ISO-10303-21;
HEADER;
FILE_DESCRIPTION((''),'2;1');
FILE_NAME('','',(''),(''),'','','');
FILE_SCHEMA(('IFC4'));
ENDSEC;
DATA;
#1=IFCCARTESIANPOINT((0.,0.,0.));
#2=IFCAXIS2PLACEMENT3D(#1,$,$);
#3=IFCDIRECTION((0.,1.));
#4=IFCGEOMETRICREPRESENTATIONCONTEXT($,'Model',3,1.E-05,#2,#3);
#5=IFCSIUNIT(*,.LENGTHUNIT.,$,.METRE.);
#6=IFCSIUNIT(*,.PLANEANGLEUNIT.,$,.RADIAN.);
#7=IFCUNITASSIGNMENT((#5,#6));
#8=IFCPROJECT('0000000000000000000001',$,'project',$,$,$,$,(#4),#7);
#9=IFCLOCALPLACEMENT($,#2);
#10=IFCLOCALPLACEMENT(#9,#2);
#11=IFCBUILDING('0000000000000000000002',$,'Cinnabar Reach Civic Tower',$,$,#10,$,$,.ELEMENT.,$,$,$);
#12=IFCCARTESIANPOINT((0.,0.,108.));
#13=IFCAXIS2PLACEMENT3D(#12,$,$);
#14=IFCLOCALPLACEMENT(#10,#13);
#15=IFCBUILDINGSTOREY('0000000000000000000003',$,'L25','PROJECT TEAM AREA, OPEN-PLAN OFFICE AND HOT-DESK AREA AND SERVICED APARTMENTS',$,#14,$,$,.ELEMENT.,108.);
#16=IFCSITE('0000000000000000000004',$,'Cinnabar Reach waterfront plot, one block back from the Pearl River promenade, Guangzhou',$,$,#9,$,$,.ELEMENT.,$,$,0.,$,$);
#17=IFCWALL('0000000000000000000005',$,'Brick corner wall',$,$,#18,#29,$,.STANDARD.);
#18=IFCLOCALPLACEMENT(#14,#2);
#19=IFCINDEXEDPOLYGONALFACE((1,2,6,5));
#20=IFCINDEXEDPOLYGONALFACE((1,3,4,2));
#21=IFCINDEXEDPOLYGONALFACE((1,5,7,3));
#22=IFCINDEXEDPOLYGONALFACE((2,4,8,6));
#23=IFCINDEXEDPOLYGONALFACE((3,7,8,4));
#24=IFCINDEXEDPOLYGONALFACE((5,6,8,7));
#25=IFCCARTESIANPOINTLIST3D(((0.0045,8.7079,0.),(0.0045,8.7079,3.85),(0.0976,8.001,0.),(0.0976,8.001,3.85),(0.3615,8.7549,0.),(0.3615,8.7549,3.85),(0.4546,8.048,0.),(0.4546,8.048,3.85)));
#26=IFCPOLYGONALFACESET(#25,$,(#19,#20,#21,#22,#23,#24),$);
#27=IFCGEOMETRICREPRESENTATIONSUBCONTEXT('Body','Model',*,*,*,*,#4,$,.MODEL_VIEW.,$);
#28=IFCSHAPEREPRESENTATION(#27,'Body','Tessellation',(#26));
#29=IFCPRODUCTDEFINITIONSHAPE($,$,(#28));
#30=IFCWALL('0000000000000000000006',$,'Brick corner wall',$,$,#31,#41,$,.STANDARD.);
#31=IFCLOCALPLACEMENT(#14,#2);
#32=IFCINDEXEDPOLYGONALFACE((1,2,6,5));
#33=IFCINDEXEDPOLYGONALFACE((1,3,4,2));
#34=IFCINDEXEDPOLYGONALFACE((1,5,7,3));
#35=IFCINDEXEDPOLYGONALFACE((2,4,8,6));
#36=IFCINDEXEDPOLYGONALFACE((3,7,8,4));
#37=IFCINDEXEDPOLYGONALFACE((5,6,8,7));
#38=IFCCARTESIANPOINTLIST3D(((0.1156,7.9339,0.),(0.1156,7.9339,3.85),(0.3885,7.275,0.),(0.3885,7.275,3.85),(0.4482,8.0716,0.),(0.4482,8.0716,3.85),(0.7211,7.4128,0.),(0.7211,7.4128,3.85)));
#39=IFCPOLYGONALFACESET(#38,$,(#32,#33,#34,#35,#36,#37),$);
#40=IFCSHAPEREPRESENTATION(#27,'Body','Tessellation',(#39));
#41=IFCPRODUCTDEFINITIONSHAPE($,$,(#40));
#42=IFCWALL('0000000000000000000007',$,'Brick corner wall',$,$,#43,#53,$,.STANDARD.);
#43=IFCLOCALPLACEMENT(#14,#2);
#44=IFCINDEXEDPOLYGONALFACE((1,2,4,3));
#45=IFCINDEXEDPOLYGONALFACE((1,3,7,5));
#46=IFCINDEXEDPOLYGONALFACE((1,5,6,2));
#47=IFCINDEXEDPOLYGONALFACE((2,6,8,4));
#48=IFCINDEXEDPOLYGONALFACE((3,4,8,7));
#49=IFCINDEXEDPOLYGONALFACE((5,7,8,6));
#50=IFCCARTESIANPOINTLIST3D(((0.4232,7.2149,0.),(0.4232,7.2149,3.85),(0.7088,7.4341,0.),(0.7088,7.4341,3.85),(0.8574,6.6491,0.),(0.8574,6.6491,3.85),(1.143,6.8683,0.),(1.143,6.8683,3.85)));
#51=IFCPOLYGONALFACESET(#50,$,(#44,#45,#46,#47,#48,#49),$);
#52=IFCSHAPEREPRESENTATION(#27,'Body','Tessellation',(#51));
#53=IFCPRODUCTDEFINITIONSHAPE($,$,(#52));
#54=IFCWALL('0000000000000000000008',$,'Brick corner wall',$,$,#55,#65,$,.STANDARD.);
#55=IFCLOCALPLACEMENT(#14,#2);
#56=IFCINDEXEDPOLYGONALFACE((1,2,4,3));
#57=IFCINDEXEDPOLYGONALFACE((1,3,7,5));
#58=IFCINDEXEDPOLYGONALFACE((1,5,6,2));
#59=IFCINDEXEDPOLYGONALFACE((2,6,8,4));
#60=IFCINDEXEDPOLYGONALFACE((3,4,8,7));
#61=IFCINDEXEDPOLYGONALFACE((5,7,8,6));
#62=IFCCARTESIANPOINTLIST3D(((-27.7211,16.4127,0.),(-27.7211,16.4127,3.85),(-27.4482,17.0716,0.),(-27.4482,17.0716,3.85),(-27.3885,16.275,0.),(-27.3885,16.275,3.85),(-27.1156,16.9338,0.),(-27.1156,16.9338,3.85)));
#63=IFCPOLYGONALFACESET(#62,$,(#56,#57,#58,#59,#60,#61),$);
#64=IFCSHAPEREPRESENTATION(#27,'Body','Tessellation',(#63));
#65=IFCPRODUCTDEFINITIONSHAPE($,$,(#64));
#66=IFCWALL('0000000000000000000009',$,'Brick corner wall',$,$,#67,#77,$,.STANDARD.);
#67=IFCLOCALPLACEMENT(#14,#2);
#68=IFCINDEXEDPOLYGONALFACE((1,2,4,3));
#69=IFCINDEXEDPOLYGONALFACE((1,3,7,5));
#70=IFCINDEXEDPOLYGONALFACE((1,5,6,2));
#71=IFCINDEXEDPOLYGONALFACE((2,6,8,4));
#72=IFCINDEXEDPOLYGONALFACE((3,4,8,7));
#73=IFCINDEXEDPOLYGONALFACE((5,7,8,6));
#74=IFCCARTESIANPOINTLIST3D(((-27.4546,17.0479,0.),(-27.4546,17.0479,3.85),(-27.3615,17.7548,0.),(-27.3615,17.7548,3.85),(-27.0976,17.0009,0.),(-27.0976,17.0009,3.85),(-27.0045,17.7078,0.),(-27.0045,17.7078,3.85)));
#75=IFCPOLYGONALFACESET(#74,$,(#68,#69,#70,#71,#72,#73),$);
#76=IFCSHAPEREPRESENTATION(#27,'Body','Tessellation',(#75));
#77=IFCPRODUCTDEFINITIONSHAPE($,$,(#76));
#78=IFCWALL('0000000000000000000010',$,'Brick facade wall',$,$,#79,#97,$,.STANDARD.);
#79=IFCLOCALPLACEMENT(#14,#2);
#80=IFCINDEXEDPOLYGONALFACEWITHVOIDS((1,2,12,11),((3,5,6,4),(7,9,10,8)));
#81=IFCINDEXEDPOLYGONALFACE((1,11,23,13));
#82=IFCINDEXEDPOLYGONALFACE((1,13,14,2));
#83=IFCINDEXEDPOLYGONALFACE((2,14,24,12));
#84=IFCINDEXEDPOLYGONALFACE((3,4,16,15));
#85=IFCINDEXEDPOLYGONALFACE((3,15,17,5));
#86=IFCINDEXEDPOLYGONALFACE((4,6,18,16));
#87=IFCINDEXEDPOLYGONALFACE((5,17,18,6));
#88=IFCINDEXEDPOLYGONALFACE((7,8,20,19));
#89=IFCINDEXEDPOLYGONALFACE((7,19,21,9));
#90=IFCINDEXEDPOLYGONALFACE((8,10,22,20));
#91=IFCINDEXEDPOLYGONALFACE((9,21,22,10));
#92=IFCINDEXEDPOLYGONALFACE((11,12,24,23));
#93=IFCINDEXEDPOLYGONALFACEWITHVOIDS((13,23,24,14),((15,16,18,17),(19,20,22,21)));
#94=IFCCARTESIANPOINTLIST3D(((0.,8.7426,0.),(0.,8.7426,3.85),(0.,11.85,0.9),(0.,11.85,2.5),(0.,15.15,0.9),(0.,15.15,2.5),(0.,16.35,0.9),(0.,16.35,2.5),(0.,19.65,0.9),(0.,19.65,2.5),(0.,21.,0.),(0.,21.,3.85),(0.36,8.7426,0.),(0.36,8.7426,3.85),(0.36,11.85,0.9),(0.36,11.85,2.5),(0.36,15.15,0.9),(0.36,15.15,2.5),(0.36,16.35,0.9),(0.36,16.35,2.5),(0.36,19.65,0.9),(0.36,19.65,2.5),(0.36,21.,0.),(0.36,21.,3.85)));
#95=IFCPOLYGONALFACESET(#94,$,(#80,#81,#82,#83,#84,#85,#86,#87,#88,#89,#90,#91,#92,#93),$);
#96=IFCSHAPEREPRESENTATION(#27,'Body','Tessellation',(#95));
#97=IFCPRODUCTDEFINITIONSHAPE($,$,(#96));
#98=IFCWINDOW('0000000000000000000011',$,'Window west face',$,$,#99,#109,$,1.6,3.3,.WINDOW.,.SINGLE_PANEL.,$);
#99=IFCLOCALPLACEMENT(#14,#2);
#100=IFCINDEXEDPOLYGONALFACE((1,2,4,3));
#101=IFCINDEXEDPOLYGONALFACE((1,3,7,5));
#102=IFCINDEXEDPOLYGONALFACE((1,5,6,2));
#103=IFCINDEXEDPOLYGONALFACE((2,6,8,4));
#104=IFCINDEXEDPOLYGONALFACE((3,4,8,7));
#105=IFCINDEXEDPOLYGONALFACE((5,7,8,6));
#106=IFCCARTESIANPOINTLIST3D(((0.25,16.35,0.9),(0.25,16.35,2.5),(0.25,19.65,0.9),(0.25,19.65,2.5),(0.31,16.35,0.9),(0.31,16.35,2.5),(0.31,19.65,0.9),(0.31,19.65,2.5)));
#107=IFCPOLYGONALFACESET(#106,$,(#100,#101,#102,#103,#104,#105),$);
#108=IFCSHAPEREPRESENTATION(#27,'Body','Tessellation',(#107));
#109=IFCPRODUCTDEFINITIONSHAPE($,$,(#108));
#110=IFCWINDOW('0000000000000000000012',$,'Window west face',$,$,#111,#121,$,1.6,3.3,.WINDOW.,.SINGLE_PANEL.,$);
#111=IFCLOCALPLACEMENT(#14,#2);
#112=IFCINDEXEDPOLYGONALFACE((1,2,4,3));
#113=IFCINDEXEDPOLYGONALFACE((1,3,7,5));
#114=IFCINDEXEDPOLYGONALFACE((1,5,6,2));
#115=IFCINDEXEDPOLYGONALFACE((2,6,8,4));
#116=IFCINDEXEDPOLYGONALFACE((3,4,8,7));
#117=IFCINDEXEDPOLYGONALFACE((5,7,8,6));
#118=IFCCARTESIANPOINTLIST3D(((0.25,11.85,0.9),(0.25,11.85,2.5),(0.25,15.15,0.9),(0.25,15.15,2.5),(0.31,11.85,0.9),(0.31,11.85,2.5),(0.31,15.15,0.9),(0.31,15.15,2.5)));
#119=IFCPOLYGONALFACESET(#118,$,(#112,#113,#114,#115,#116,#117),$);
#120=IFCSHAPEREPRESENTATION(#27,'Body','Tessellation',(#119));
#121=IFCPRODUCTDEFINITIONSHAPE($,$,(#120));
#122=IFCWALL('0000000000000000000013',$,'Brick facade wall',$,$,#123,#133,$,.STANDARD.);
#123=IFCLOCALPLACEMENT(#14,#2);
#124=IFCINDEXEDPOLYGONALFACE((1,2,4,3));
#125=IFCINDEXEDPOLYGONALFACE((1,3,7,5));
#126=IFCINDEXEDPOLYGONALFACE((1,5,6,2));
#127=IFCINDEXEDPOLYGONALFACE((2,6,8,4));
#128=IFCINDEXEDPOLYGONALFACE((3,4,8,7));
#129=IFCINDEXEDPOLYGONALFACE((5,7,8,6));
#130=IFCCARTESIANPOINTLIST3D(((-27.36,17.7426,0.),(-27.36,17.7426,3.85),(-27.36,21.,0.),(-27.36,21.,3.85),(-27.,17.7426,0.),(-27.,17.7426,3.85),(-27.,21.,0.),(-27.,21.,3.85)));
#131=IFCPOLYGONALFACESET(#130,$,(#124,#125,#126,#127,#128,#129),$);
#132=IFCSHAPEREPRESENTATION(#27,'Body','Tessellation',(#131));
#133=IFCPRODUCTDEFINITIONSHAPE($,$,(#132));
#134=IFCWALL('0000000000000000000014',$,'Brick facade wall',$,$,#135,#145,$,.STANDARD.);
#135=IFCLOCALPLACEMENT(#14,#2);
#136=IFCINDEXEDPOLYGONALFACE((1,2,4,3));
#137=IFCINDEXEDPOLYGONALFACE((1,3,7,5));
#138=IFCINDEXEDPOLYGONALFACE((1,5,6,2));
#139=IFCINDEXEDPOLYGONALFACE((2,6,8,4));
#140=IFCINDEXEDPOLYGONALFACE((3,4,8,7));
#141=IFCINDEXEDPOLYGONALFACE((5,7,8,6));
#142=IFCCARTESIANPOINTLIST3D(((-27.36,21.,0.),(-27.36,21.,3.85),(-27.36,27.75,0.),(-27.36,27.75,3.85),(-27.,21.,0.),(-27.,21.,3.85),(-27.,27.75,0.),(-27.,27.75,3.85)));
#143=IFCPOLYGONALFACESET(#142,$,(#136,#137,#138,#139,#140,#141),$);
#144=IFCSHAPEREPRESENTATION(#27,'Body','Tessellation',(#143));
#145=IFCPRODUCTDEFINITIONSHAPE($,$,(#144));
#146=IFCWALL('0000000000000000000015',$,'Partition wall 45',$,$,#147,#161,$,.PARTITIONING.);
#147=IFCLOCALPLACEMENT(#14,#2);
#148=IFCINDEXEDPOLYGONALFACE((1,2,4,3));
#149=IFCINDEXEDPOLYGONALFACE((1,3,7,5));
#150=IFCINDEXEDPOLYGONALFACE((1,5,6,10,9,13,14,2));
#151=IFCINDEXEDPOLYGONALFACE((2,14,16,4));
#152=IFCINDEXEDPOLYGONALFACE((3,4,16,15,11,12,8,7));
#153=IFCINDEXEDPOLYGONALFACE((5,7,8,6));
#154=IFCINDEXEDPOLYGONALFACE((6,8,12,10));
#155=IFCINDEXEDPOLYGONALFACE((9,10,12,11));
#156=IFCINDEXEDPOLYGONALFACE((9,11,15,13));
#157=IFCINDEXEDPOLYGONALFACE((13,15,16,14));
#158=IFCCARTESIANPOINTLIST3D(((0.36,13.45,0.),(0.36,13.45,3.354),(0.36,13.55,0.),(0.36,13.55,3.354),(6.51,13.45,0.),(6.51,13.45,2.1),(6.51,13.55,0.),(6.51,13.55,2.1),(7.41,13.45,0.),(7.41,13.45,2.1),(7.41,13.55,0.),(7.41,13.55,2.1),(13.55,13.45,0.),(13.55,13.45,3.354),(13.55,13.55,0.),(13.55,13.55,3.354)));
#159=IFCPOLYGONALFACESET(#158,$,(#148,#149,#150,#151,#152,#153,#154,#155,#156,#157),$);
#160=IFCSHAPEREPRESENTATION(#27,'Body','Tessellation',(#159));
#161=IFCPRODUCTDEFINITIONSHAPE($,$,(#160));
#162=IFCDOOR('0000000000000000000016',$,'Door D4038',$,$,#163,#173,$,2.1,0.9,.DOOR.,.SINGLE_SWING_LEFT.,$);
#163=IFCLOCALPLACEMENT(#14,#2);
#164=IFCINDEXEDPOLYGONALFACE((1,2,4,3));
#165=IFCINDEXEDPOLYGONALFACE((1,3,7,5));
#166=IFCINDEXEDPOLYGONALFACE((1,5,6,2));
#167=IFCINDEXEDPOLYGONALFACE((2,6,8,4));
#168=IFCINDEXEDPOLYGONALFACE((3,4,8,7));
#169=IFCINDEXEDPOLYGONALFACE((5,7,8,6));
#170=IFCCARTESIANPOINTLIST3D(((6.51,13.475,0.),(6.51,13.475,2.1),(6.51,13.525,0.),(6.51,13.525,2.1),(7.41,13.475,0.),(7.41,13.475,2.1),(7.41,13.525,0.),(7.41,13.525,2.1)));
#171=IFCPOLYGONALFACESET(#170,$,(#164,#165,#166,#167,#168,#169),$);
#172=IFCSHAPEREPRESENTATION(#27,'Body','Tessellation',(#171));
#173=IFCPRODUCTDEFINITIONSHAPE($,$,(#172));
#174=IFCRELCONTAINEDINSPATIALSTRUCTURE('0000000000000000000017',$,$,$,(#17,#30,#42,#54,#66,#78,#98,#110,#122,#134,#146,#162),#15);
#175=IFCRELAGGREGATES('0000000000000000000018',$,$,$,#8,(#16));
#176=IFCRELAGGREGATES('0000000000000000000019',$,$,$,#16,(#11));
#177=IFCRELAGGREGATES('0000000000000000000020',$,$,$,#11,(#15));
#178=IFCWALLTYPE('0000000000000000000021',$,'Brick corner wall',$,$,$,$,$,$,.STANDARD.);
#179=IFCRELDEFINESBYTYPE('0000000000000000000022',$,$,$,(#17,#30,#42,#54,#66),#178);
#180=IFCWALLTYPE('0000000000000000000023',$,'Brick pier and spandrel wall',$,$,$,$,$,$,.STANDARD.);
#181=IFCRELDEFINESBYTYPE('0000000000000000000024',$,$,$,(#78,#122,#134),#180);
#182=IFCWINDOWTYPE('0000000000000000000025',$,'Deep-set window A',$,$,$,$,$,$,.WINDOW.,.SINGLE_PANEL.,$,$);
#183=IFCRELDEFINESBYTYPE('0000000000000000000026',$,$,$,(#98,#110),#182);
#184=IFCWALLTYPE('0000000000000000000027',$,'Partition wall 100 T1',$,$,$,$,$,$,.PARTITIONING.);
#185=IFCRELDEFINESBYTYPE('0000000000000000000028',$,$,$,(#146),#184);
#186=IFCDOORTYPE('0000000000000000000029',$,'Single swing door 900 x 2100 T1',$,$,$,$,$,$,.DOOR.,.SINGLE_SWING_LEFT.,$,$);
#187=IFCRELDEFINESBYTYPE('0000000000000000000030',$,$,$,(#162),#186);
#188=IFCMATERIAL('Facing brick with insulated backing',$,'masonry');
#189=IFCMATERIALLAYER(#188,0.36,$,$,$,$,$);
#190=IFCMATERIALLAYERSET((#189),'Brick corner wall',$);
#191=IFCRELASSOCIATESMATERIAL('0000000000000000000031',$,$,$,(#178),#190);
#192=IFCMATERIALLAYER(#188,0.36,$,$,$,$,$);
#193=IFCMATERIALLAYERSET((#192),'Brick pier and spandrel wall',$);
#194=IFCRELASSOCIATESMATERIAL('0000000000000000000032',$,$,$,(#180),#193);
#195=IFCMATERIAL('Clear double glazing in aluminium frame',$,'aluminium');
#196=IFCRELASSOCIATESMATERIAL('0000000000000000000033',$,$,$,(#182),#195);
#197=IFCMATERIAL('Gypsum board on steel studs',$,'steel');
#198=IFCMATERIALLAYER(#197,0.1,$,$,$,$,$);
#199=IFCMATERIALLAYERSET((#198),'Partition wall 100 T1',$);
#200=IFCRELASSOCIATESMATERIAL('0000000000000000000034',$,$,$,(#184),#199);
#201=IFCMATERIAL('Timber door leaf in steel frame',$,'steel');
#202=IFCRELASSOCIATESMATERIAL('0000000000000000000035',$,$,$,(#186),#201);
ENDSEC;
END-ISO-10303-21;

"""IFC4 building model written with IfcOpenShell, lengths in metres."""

from ifc_helpers import new_model, si_unit, direction, frame, frame_2d, origin, place, context, subcontext, project, spatial, rectangle, extrude, material, layer, layer_set, type_object, element, fill, save


model = new_model("IFC4")

# Units and contexts
model_context = context("Model", 3, precision=1e-05, world=origin(), true_north=direction((0.0, 1.0)))
body_context = subcontext(model_context, "Body", "Model", "MODEL_VIEW")
ifc_project = project(units=[si_unit("LENGTHUNIT", "METRE"), si_unit("PLANEANGLEUNIT", "RADIAN")], contexts=[model_context])

# Site, building, storey
site_placement = place(None, origin())
site = spatial("IfcSite", under=ifc_project, at=site_placement, Name="Cinnabar Reach waterfront plot, one block back from the Pearl River promenade, Guangzhou", CompositionType="ELEMENT", RefElevation=0.0)
building_placement = place(site_placement, origin())
building = spatial("IfcBuilding", under=site, at=building_placement, Name="Cinnabar Reach Civic Tower", CompositionType="ELEMENT")
storey_placement = place(building_placement, frame((0.0, 0.0, 108.0)))
storey = spatial("IfcBuildingStorey", under=building, at=storey_placement, Name="L25", Description="PROJECT TEAM AREA, OPEN-PLAN OFFICE AND HOT-DESK AREA AND SERVICED APARTMENTS", CompositionType="ELEMENT", Elevation=108.0)

# Walls
ifc_material_1 = material(Name="Facing brick with insulated backing", Category="masonry")
ifc_layer_1 = layer(ifc_material_1, 0.36)
ifc_layer_set_1 = layer_set([ifc_layer_1], Name="Brick corner wall")
wall_type_1 = type_object("IfcWallType", Name="Brick corner wall", PredefinedType="STANDARD", material=ifc_layer_set_1)
for number, where, z_axis, x_axis, name in (
    (1, (0.183, 8.7314, 0.0), (0.0, 0.0, 1.0), (0.130556, -0.991441, 0.0), "Brick corner wall"),
    (2, (0.2819, 8.0027, 0.0), (0.0, 0.0, 1.0), (0.382703, -0.923872, 0.0), "Brick corner wall"),
):
    element("IfcWall", number, at=place(storey_placement, frame(where, z_axis=z_axis, x_axis=x_axis)), inside=storey, type_object=wall_type_1, Name=name, PredefinedType="STANDARD", context=body_context, shape_type="SweptSolid", body=[
        extrude(rectangle(XDim=0.7131, YDim=0.36, at=frame_2d((0.3565, 0.0))), origin(), (0.0, 0.0, 1.0), 3.85),
    ])
wall_1_placement = place(storey_placement, frame((0.566, 7.3245, 0.0), z_axis=(0.0, 0.0, 1.0), x_axis=(0.608802, -0.793322, 0.0)))
element("IfcWall", 3, at=wall_1_placement, inside=storey, type_object=wall_type_1, Name="Brick corner wall", PredefinedType="STANDARD", context=body_context, shape_type="SweptSolid", body=[
    extrude(rectangle(XDim=0.7132, YDim=0.36, at=frame_2d((0.3566, 0.0))), origin(), (0.0, 0.0, 1.0), 3.85),
])
for number, where, z_axis, x_axis, name in (
    (4, (-27.5548, 16.3439, 0.0), (0.0, 0.0, 1.0), (0.382703, 0.923872, 0.0), "Brick corner wall"),
    (5, (-27.2761, 17.0244, 0.0), (0.0, 0.0, 1.0), (0.130556, 0.991441, 0.0), "Brick corner wall"),
):
    element("IfcWall", number, at=place(storey_placement, frame(where, z_axis=z_axis, x_axis=x_axis)), inside=storey, type_object=wall_type_1, Name=name, PredefinedType="STANDARD", context=body_context, shape_type="SweptSolid", body=[
        extrude(rectangle(XDim=0.7131, YDim=0.36, at=frame_2d((0.3565, 0.0))), origin(), (0.0, 0.0, 1.0), 3.85),
    ])

# Wall, openings, windows
ifc_layer_2 = layer(ifc_material_1, 0.36)
ifc_layer_set_2 = layer_set([ifc_layer_2], Name="Brick pier and spandrel wall")
wall_type_2 = type_object("IfcWallType", Name="Brick pier and spandrel wall", PredefinedType="STANDARD", material=ifc_layer_set_2)
wall_2_placement = place(storey_placement, frame((0.18, 21.0, 0.0), z_axis=(0.0, 0.0, 1.0), x_axis=(0.0, -1.0, 0.0)))
wall_2 = element("IfcWall", 6, at=wall_2_placement, inside=storey, type_object=wall_type_2, Name="Brick facade wall", PredefinedType="STANDARD", context=body_context, shape_type="SweptSolid", body=[
    extrude(rectangle(XDim=12.2574, YDim=0.36, at=frame_2d((6.1287, 0.0))), origin(), (0.0, 0.0, 1.0), 3.85),
])
opening_1_placement = place(wall_2_placement, frame((1.35, 0.0, 0.9)))
opening_1 = element("IfcOpeningElement", 7, at=opening_1_placement, cuts=wall_2, PredefinedType="OPENING", context=body_context, shape_type="SweptSolid", body=[
    extrude(rectangle(XDim=3.3, YDim=1.6, at=frame_2d((1.65, 0.8))), frame((0.0, 0.19, 0.0), z_axis=(0.0, -1.0, 0.0), x_axis=(1.0, 0.0, 0.0)), (0.0, 0.0, 1.0), 0.38),
])
opening_2_placement = place(wall_2_placement, frame((5.85, 0.0, 0.9)))
opening_2 = element("IfcOpeningElement", 8, at=opening_2_placement, cuts=wall_2, PredefinedType="OPENING", context=body_context, shape_type="SweptSolid", body=[
    extrude(rectangle(XDim=3.3, YDim=1.6, at=frame_2d((1.65, 0.8))), frame((0.0, 0.19, 0.0), z_axis=(0.0, -1.0, 0.0), x_axis=(1.0, 0.0, 0.0)), (0.0, 0.0, 1.0), 0.38),
])
ifc_material_2 = material(Name="Clear double glazing in aluminium frame", Category="aluminium")
window_type = type_object("IfcWindowType", Name="Deep-set window A", PartitioningType="SINGLE_PANEL", PredefinedType="WINDOW", material=ifc_material_2)
window_1_placement = place(opening_1_placement, origin())
window_1 = element("IfcWindow", 9, at=window_1_placement, inside=storey, type_object=window_type, Name="Window west face", OverallHeight=1.6, OverallWidth=3.3, PartitioningType="SINGLE_PANEL", PredefinedType="WINDOW", context=body_context, shape_type="SweptSolid", body=[
    extrude(rectangle(XDim=3.3, YDim=1.6, at=frame_2d((1.65, 0.8))), frame((0.0, 0.13, 0.0), z_axis=(0.0, -1.0, 0.0), x_axis=(1.0, 0.0, 0.0)), (0.0, 0.0, 1.0), 0.06),
])
fill(opening_1, window_1)
window_2_placement = place(opening_2_placement, origin())
window_2 = element("IfcWindow", 10, at=window_2_placement, inside=storey, type_object=window_type, Name="Window west face", OverallHeight=1.6, OverallWidth=3.3, PartitioningType="SINGLE_PANEL", PredefinedType="WINDOW", context=body_context, shape_type="SweptSolid", body=[
    extrude(rectangle(XDim=3.3, YDim=1.6, at=frame_2d((1.65, 0.8))), frame((0.0, 0.13, 0.0), z_axis=(0.0, -1.0, 0.0), x_axis=(1.0, 0.0, 0.0)), (0.0, 0.0, 1.0), 0.06),
])
fill(opening_2, window_2)

# Walls
wall_3_placement = place(storey_placement, frame((-27.18, 17.7426, 0.0), z_axis=(0.0, 0.0, 1.0), x_axis=(0.0, 1.0, 0.0)))
element("IfcWall", 11, at=wall_3_placement, inside=storey, type_object=wall_type_2, Name="Brick facade wall", PredefinedType="STANDARD", context=body_context, shape_type="SweptSolid", body=[
    extrude(rectangle(XDim=3.2574, YDim=0.36, at=frame_2d((1.6287, 0.0))), origin(), (0.0, 0.0, 1.0), 3.85),
])
wall_4_placement = place(storey_placement, frame((-27.18, 21.0, 0.0), z_axis=(0.0, 0.0, 1.0), x_axis=(0.0, 1.0, 0.0)))
element("IfcWall", 12, at=wall_4_placement, inside=storey, type_object=wall_type_2, Name="Brick facade wall", PredefinedType="STANDARD", context=body_context, shape_type="SweptSolid", body=[
    extrude(rectangle(XDim=6.75, YDim=0.36, at=frame_2d((3.375, 0.0))), origin(), (0.0, 0.0, 1.0), 3.85),
])

# Wall, opening, door
ifc_material_3 = material(Name="Gypsum board on steel studs", Category="steel")
ifc_layer_3 = layer(ifc_material_3, 0.1)
ifc_layer_set_3 = layer_set([ifc_layer_3], Name="Partition wall 100 T1")
wall_type_3 = type_object("IfcWallType", Name="Partition wall 100 T1", PredefinedType="PARTITIONING", material=ifc_layer_set_3)
wall_5_placement = place(storey_placement, frame((0.36, 13.5, 0.0), z_axis=(0.0, 0.0, 1.0), x_axis=(1.0, 0.0, 0.0)))
wall_5 = element("IfcWall", 13, at=wall_5_placement, inside=storey, type_object=wall_type_3, Name="Partition wall 45", PredefinedType="PARTITIONING", context=body_context, shape_type="SweptSolid", body=[
    extrude(rectangle(XDim=13.19, YDim=0.1, at=frame_2d((6.595, 0.0))), origin(), (0.0, 0.0, 1.0), 3.354),
])
opening_3_placement = place(wall_5_placement, frame((6.15, 0.0, 0.0)))
opening_3 = element("IfcOpeningElement", 14, at=opening_3_placement, cuts=wall_5, PredefinedType="OPENING", context=body_context, shape_type="SweptSolid", body=[
    extrude(rectangle(XDim=0.9, YDim=2.1, at=frame_2d((0.45, 1.05))), frame((0.0, 0.06, 0.0), z_axis=(0.0, -1.0, 0.0), x_axis=(1.0, 0.0, 0.0)), (0.0, 0.0, 1.0), 0.12),
])
ifc_material_4 = material(Name="Timber door leaf in steel frame", Category="steel")
door_type = type_object("IfcDoorType", Name="Single swing door 900 x 2100 T1", OperationType="SINGLE_SWING_LEFT", PredefinedType="DOOR", material=ifc_material_4)
door_placement = place(opening_3_placement, origin())
door = element("IfcDoor", 15, at=door_placement, inside=storey, type_object=door_type, Name="Door D4038", OperationType="SINGLE_SWING_LEFT", OverallHeight=2.1, OverallWidth=0.9, PredefinedType="DOOR", context=body_context, shape_type="SweptSolid", body=[
    extrude(rectangle(XDim=0.9, YDim=2.1, at=frame_2d((0.45, 1.05))), frame((0.0, 0.025, 0.0), z_axis=(0.0, -1.0, 0.0), x_axis=(1.0, 0.0, 0.0)), (0.0, 0.0, 1.0), 0.05),
])
fill(opening_3, door)

save(model, "model.ifc")
